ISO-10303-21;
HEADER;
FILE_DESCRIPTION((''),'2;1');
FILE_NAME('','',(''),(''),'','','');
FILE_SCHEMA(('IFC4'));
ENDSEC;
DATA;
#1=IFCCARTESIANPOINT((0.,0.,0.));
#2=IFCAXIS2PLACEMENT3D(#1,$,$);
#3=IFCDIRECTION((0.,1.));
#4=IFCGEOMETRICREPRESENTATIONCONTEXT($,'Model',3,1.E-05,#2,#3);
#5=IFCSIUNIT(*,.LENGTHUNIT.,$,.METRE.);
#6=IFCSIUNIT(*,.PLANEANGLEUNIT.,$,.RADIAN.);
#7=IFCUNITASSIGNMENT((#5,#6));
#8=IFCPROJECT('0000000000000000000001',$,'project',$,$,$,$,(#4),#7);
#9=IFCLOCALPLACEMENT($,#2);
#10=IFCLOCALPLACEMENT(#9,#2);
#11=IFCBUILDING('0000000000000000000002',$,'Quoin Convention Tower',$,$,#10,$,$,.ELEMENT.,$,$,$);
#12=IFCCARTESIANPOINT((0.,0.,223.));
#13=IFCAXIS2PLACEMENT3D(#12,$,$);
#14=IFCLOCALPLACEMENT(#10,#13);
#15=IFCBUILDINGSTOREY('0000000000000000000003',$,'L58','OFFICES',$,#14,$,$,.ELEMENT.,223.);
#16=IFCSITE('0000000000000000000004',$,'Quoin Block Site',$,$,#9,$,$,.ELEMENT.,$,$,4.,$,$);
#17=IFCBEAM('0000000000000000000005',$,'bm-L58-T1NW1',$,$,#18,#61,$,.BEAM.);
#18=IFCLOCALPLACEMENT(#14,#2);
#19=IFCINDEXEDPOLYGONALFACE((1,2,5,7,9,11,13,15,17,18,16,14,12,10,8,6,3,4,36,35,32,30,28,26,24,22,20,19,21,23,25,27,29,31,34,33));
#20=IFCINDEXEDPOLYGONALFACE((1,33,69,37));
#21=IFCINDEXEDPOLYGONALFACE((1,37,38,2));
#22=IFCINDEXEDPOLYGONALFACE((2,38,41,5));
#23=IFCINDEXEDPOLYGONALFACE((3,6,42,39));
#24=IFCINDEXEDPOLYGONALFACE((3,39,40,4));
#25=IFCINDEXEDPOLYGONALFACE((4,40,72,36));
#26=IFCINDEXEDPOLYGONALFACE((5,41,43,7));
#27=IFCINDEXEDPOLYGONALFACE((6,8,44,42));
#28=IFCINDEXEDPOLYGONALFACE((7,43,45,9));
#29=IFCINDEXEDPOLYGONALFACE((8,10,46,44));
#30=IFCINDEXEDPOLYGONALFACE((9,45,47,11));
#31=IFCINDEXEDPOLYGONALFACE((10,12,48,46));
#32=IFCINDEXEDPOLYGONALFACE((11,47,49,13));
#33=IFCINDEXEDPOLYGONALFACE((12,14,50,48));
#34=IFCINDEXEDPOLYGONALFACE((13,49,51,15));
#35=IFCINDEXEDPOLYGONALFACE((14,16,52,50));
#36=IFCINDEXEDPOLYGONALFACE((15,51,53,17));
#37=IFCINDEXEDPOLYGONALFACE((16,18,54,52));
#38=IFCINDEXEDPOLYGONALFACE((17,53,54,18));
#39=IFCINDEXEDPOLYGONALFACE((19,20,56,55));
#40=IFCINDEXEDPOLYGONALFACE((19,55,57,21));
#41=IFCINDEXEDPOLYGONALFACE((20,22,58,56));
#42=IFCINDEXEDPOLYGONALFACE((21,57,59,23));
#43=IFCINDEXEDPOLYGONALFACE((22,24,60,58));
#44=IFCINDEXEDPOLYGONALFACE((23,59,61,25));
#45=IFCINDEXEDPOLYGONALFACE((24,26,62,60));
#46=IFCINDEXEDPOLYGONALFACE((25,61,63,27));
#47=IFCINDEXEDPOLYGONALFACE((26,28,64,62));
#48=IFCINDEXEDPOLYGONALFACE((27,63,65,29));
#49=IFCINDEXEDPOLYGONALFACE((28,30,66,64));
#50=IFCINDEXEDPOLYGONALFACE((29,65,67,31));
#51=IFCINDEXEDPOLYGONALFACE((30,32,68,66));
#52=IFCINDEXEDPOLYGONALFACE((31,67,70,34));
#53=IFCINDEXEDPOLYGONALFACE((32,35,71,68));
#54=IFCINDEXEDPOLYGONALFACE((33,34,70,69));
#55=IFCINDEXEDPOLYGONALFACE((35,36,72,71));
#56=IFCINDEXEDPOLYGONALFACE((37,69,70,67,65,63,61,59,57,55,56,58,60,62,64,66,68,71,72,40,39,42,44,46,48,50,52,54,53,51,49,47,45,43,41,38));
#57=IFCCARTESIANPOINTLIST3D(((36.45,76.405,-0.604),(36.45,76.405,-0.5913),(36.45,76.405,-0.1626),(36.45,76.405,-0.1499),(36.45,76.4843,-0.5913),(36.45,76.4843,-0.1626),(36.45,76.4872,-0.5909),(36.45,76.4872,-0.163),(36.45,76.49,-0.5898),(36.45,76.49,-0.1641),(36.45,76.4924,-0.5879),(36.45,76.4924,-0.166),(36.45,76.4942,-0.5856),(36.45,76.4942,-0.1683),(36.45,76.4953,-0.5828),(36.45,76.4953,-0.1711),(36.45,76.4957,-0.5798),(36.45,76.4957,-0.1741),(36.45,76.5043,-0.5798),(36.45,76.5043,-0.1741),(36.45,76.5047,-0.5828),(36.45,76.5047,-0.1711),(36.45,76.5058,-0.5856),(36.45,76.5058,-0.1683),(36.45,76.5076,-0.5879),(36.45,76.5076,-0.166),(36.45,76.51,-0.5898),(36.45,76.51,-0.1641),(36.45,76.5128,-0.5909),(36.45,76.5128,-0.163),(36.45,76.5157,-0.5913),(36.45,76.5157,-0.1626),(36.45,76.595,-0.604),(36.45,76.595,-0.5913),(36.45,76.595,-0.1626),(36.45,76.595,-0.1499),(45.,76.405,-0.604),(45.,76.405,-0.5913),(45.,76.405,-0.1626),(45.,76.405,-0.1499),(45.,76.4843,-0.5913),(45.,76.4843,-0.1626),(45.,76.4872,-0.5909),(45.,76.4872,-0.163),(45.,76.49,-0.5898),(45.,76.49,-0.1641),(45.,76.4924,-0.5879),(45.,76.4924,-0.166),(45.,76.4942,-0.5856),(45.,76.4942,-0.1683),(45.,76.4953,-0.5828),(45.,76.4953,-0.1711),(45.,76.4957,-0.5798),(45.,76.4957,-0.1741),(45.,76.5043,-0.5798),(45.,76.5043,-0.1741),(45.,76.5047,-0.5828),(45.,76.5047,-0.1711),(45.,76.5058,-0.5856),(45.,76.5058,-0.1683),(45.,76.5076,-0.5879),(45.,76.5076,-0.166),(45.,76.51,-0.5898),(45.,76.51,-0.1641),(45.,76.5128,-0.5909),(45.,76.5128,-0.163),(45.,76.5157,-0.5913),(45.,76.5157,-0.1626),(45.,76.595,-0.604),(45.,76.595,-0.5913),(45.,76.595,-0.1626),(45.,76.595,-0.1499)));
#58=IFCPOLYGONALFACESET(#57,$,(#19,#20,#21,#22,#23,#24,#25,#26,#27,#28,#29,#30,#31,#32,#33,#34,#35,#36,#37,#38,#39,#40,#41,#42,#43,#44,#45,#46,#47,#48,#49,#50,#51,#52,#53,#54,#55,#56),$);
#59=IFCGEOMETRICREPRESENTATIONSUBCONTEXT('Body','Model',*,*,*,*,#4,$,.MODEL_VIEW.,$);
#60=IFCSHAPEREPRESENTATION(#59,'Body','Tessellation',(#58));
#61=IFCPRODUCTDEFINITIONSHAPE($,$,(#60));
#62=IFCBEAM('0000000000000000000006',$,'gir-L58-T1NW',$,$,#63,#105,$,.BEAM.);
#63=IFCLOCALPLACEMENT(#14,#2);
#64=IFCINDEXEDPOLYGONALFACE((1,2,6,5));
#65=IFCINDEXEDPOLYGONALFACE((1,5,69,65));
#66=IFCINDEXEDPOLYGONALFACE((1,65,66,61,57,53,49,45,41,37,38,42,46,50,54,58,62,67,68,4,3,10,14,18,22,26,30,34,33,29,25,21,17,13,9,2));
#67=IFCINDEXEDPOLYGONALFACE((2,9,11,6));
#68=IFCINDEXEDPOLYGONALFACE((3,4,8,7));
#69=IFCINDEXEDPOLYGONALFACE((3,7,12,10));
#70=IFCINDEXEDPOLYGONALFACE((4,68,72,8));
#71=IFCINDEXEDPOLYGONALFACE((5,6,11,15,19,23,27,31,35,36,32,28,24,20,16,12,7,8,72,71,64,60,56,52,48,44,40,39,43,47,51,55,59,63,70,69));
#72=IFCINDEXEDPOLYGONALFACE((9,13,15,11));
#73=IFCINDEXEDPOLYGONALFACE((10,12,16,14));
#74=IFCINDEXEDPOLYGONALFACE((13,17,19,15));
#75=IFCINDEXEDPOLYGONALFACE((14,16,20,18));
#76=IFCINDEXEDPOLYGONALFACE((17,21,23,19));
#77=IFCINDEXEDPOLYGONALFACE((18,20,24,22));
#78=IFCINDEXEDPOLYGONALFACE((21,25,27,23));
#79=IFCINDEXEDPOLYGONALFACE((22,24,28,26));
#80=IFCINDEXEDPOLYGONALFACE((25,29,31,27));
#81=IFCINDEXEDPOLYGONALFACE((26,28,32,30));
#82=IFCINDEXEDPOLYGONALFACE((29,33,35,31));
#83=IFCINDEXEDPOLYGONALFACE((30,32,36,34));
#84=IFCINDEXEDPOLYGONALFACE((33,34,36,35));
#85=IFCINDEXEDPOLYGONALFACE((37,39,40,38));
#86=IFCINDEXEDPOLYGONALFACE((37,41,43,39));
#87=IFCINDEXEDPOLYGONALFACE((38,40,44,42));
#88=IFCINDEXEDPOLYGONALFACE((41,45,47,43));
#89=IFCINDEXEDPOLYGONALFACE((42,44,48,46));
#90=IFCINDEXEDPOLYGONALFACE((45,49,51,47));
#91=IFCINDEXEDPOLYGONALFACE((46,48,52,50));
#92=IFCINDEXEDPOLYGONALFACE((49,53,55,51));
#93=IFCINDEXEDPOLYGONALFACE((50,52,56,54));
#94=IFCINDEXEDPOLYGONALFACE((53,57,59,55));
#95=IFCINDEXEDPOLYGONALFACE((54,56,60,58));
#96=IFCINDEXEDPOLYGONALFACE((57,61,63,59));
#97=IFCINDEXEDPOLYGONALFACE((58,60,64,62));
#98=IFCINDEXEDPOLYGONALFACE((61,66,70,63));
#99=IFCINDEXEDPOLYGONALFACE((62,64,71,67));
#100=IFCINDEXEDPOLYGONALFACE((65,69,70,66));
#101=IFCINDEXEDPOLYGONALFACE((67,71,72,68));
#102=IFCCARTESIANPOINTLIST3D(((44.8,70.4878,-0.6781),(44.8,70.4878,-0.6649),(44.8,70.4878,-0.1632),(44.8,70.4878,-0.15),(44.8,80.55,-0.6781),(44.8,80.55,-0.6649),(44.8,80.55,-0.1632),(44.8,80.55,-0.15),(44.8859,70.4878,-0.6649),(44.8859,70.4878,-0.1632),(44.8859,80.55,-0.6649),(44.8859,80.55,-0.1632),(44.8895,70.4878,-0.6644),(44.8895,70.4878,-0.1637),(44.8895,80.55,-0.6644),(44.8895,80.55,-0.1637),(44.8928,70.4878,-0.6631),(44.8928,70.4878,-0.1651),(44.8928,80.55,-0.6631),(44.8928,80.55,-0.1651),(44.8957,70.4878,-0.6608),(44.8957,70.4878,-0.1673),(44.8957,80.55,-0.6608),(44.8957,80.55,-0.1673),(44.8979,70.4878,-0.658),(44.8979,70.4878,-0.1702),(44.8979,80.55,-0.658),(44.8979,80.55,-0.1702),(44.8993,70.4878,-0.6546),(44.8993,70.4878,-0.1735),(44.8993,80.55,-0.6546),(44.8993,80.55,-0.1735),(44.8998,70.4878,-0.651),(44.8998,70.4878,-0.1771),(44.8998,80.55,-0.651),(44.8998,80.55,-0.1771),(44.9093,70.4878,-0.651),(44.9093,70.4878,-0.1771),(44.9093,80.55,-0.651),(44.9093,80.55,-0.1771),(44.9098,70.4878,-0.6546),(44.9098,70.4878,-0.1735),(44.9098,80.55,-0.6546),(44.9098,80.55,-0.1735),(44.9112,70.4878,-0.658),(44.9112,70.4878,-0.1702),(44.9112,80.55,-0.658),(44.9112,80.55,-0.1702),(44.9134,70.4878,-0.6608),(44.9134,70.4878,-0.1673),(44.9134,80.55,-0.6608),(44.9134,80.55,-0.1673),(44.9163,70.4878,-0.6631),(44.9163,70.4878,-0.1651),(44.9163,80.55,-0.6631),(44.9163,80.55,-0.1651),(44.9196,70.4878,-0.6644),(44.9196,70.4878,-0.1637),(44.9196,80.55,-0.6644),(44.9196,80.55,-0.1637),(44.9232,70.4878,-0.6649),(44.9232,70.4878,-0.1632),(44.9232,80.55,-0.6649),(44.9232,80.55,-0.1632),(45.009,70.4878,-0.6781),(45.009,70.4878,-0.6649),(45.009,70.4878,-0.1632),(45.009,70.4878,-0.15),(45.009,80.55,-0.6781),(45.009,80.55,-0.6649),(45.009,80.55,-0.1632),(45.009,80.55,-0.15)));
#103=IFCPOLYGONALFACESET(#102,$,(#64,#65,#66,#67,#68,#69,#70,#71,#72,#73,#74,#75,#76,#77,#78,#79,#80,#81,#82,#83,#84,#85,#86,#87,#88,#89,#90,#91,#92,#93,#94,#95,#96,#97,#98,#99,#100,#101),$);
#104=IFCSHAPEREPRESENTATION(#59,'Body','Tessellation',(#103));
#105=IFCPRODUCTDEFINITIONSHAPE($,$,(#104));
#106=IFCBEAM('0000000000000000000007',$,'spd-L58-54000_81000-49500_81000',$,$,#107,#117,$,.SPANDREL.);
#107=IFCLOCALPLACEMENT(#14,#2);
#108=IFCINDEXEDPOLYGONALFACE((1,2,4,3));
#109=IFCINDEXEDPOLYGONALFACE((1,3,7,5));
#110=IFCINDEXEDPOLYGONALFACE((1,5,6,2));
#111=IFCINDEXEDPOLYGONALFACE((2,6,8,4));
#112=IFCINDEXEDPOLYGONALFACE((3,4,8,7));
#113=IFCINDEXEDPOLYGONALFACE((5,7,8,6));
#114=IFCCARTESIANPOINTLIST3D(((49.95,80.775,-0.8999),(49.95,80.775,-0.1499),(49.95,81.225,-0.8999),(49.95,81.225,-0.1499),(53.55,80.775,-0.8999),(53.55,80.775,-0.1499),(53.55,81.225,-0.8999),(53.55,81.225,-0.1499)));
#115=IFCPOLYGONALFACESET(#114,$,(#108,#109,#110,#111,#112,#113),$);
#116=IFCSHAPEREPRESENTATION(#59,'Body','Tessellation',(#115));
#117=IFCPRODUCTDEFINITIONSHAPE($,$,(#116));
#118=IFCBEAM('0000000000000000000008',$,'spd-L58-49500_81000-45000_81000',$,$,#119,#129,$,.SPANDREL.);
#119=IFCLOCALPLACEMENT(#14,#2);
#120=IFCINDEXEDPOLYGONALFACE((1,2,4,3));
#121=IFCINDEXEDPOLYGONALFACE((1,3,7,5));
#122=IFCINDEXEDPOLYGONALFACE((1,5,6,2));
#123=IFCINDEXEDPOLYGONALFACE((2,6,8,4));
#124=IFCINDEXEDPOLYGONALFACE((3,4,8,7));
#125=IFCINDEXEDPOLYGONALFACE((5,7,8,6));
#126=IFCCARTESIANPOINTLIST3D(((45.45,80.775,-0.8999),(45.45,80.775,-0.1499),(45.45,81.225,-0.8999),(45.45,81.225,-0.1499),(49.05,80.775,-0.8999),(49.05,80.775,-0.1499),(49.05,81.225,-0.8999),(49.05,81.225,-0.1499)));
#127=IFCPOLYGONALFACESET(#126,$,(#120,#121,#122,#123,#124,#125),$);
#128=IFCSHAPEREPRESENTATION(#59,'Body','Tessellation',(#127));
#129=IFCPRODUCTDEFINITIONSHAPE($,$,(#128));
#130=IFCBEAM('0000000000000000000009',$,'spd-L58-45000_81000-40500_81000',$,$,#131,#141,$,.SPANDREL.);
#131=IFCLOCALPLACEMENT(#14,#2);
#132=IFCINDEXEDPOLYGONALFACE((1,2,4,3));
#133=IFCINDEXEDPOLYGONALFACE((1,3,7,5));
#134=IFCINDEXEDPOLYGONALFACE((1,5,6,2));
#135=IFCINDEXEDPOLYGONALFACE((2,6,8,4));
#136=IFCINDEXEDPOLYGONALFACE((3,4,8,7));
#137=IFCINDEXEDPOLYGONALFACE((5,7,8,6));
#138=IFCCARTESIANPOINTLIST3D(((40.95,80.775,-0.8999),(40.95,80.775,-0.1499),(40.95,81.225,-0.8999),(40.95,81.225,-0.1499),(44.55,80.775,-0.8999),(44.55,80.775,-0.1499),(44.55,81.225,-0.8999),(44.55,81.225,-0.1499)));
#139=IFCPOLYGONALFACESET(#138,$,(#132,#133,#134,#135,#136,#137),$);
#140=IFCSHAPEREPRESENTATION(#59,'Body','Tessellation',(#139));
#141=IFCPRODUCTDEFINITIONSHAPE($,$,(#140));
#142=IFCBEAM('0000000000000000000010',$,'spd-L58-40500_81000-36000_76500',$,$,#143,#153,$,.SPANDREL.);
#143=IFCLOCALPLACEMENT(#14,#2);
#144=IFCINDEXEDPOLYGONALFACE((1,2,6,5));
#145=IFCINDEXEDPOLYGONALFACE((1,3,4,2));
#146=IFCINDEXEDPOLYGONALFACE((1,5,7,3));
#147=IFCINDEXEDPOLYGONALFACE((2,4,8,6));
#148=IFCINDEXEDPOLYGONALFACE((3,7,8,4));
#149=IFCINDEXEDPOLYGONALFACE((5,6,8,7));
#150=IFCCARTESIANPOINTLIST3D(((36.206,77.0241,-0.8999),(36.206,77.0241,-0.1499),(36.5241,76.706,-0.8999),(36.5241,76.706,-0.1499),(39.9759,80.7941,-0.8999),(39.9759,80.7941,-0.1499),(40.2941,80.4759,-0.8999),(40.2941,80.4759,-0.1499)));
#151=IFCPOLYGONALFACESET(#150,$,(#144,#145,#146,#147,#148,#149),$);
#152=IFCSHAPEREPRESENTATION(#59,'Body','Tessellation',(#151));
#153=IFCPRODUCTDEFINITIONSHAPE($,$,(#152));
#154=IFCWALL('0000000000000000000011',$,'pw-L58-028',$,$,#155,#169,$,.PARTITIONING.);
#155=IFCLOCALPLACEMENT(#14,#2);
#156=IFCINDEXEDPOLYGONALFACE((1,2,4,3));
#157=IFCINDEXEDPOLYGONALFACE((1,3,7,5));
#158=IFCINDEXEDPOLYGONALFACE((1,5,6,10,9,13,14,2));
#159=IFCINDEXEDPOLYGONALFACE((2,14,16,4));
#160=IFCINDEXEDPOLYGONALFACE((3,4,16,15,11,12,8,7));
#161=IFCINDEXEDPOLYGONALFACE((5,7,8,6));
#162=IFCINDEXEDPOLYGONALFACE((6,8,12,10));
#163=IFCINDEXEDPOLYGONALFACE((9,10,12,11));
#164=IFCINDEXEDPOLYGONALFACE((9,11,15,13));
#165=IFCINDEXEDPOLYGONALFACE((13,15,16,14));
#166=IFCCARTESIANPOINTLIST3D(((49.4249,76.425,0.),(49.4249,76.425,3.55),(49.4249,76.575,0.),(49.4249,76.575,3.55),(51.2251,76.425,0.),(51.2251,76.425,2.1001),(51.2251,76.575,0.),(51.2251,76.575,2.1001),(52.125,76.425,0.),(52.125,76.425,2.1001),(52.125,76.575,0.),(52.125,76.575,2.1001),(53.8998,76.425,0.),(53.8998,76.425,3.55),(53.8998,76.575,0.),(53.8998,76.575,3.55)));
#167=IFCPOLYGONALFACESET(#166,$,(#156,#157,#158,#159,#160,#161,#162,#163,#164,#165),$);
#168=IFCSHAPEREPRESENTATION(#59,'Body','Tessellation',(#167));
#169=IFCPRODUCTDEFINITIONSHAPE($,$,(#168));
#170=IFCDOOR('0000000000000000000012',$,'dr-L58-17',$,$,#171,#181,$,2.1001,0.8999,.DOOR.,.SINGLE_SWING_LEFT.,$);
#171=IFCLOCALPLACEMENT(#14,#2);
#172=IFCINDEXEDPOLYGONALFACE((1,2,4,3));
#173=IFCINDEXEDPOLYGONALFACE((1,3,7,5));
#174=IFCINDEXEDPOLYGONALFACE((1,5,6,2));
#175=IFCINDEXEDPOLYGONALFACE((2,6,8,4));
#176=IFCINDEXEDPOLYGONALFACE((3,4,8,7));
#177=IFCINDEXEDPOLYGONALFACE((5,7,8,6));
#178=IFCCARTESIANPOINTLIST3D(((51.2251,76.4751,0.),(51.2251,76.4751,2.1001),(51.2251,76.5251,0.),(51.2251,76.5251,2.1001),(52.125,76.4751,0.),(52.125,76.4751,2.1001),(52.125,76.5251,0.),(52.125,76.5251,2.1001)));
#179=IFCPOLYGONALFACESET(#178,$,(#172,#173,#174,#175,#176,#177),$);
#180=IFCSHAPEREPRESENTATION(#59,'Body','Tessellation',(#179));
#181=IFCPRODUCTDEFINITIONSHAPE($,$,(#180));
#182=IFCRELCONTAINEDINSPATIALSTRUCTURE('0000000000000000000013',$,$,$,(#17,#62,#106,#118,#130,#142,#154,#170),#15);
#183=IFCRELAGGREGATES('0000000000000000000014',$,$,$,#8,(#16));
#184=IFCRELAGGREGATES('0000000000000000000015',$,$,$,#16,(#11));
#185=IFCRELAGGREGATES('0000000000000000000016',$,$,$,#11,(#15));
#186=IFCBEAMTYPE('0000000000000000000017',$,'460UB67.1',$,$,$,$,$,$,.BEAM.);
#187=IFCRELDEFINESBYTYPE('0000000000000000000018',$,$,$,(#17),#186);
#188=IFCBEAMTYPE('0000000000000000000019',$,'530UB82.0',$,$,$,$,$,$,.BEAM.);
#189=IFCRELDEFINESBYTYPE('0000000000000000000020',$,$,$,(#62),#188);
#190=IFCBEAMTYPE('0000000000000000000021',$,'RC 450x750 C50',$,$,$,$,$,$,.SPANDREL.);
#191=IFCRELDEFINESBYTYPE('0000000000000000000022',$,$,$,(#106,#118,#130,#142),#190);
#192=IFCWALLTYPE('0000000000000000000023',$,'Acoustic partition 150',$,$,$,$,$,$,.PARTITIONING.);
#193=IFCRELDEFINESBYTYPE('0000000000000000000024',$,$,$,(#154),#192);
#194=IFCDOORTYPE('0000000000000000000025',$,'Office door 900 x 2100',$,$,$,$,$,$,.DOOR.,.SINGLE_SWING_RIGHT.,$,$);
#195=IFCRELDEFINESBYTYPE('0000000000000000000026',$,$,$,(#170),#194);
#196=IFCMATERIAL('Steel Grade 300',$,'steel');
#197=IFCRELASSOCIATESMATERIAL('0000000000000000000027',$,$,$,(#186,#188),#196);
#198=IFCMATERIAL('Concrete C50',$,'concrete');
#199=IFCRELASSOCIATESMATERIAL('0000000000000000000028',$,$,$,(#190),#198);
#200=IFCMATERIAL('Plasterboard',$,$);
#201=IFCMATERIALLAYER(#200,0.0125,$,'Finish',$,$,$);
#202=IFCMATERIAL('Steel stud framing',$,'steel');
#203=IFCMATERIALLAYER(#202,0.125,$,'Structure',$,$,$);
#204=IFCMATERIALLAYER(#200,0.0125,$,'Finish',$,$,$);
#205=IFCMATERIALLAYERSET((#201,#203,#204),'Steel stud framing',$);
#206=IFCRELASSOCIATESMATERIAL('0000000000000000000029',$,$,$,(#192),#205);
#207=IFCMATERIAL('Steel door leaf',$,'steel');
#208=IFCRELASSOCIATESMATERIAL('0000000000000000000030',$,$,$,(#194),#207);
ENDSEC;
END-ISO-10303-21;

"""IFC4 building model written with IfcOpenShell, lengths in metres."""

from ifc_helpers import new_model, si_unit, direction, frame, frame_2d, origin, origin_2d, place, context, subcontext, project, spatial, rectangle, i_section, extrude, material, layer, layer_set, material_profile, profile_set, type_object, element, fill, save


model = new_model("IFC4")

# Units and contexts
model_context = context("Model", 3, precision=1e-05, world=origin(), true_north=direction((0.0, 1.0)))
body_context = subcontext(model_context, "Body", "Model", "MODEL_VIEW")
ifc_project = project(units=[si_unit("LENGTHUNIT", "METRE"), si_unit("PLANEANGLEUNIT", "RADIAN")], contexts=[model_context])

# Site, building, storey
site_placement = place(None, origin())
site = spatial("IfcSite", under=ifc_project, at=site_placement, Name="Quoin Block Site", CompositionType="ELEMENT", RefElevation=4.0)
building_placement = place(site_placement, origin())
building = spatial("IfcBuilding", under=site, at=building_placement, Name="Quoin Convention Tower", CompositionType="ELEMENT")
storey_placement = place(building_placement, frame((0.0, 0.0, 223.0)))
storey = spatial("IfcBuildingStorey", under=building, at=storey_placement, Name="L58", Description="OFFICES", CompositionType="ELEMENT", Elevation=223.0)

# Shared definitions
ifc_material_1 = material(Name="Concrete C50", Category="concrete")

# Beams
ifc_material_2 = material(Name="Steel Grade 300", Category="steel")
ifc_material_profile_1 = material_profile(ifc_material_2, i_section(OverallWidth=0.1899, OverallDepth=0.4541, WebThickness=0.0085, FlangeThickness=0.0127, FilletRadius=0.0115, at=origin_2d()), Name="460UB67.1")
ifc_profile_set_1 = profile_set([ifc_material_profile_1], Name="Steel Grade 300")
beam_type_1 = type_object("IfcBeamType", Name="460UB67.1", PredefinedType="BEAM", material=ifc_profile_set_1)
beam_1_placement = place(storey_placement, frame((36.45, 76.5, -0.377), z_axis=(1.0, 0.0, 0.0), x_axis=(0.0, 1.0, 0.0)))
element("IfcBeam", 1, at=beam_1_placement, inside=storey, type_object=beam_type_1, Name="bm-L58-T1NW1", PredefinedType="BEAM", context=body_context, shape_type="SweptSolid", body=[
    extrude(i_section(OverallWidth=0.1899, OverallDepth=0.4541, WebThickness=0.0085, FlangeThickness=0.0127, FilletRadius=0.0115, at=origin_2d()), origin(), (0.0, 0.0, 1.0), 8.55),
])
ifc_material_profile_2 = material_profile(ifc_material_2, i_section(OverallWidth=0.209, OverallDepth=0.5281, WebThickness=0.0095, FlangeThickness=0.0132, FilletRadius=0.0139, at=origin_2d()), Name="530UB82.0")
ifc_profile_set_2 = profile_set([ifc_material_profile_2], Name="Steel Grade 300")
beam_type_2 = type_object("IfcBeamType", Name="530UB82.0", PredefinedType="BEAM", material=ifc_profile_set_2)
beam_2_placement = place(storey_placement, frame((44.9045, 80.55, -0.4141), z_axis=(0.0, -1.0, 0.0), x_axis=(1.0, 0.0, 0.0)))
element("IfcBeam", 2, at=beam_2_placement, inside=storey, type_object=beam_type_2, Name="gir-L58-T1NW", PredefinedType="BEAM", context=body_context, shape_type="SweptSolid", body=[
    extrude(i_section(OverallWidth=0.209, OverallDepth=0.5281, WebThickness=0.0095, FlangeThickness=0.0132, FilletRadius=0.0139, at=origin_2d()), origin(), (0.0, 0.0, 1.0), 10.0623),
])
ifc_material_profile_3 = material_profile(ifc_material_1, rectangle(XDim=0.45, YDim=0.75, at=origin_2d()), Name="RC 450x750")
ifc_profile_set_3 = profile_set([ifc_material_profile_3], Name="Concrete C50")
beam_type_3 = type_object("IfcBeamType", Name="RC 450x750 C50", PredefinedType="SPANDREL", material=ifc_profile_set_3)
for number, where, z_axis, x_axis, name in (
    (3, (53.55, 81.0, -0.5249), (-1.0, 0.0, 0.0), (0.0, -1.0, 0.0), "spd-L58-54000_81000-49500_81000"),
    (4, (49.05, 81.0, -0.5249), (-1.0, 0.0, 0.0), (0.0, -1.0, 0.0), "spd-L58-49500_81000-45000_81000"),
    (5, (44.55, 81.0, -0.5249), (-1.0, 0.0, 0.0), (0.0, -1.0, 0.0), "spd-L58-45000_81000-40500_81000"),
):
    element("IfcBeam", number, at=place(storey_placement, frame(where, z_axis=z_axis, x_axis=x_axis)), inside=storey, type_object=beam_type_3, Name=name, PredefinedType="SPANDREL", context=body_context, shape_type="SweptSolid", body=[
        extrude(rectangle(XDim=0.45, YDim=0.75, at=origin_2d()), origin(), (0.0, 0.0, 1.0), 3.6001),
    ])
beam_3_placement = place(storey_placement, frame((40.135, 80.635, -0.5249), z_axis=(-0.707107, -0.707107, 0.0), x_axis=(0.707107, -0.707107, 0.0)))
element("IfcBeam", 6, at=beam_3_placement, inside=storey, type_object=beam_type_3, Name="spd-L58-40500_81000-36000_76500", PredefinedType="SPANDREL", context=body_context, shape_type="SweptSolid", body=[
    extrude(rectangle(XDim=0.45, YDim=0.75, at=origin_2d()), origin(), (0.0, 0.0, 1.0), 5.3315),
])

# Wall, opening, door
ifc_material_3 = material(Name="Plasterboard")
ifc_layer_1 = layer(ifc_material_3, 0.0125, Name="Finish")
ifc_material_4 = material(Name="Steel stud framing", Category="steel")
ifc_layer_2 = layer(ifc_material_4, 0.125, Name="Structure")
ifc_layer_3 = layer(ifc_material_3, 0.0125, Name="Finish")
ifc_layer_set_1 = layer_set([ifc_layer_1, ifc_layer_2, ifc_layer_3], Name="Steel stud framing")
wall_type_1 = type_object("IfcWallType", Name="Acoustic partition 150", PredefinedType="PARTITIONING", material=ifc_layer_set_1)
wall_1_placement = place(storey_placement, frame((49.425, 76.5, 0.0), z_axis=(0.0, 0.0, 1.0), x_axis=(1.0, 0.0, 0.0)))
wall_1 = element("IfcWall", 7, at=wall_1_placement, inside=storey, type_object=wall_type_1, Name="pw-L58-028", PredefinedType="PARTITIONING", context=body_context, shape_type="SweptSolid", body=[
    extrude(rectangle(XDim=4.4749, YDim=0.1499, at=frame_2d((2.2373, 0.0))), origin(), (0.0, 0.0, 1.0), 3.55),
])
opening_1_placement = place(wall_1_placement, frame((1.8, 0.0, 0.0)))
opening_1 = element("IfcOpeningElement", 8, at=opening_1_placement, cuts=wall_1, PredefinedType="OPENING", context=body_context, shape_type="SweptSolid", body=[
    extrude(rectangle(XDim=0.8999, YDim=2.1001, at=frame_2d((0.45, 1.05))), frame((0.0, 0.085, 0.0), z_axis=(0.0, -1.0, 0.0), x_axis=(1.0, 0.0, 0.0)), (0.0, 0.0, 1.0), 0.1699),
])
ifc_material_5 = material(Name="Steel door leaf", Category="steel")
door_type_1 = type_object("IfcDoorType", Name="Office door 900 x 2100", OperationType="SINGLE_SWING_RIGHT", PredefinedType="DOOR", material=ifc_material_5)
door_1_placement = place(opening_1_placement, frame((0.8999, 0.0, 0.0), z_axis=(0.0, 0.0, 1.0), x_axis=(-1.0, 0.0, 0.0)))
door_1 = element("IfcDoor", 9, at=door_1_placement, inside=storey, type_object=door_type_1, Name="dr-L58-17", OperationType="SINGLE_SWING_LEFT", OverallHeight=2.1001, OverallWidth=0.8999, PredefinedType="DOOR", context=body_context, shape_type="SweptSolid", body=[
    extrude(rectangle(XDim=0.8999, YDim=2.1001, at=frame_2d((0.45, 1.05))), frame((0.0, 0.0249, 0.0), z_axis=(0.0, -1.0, 0.0), x_axis=(1.0, 0.0, 0.0)), (0.0, 0.0, 1.0), 0.05),
])
fill(opening_1, door_1)

save(model, "model.ifc")
